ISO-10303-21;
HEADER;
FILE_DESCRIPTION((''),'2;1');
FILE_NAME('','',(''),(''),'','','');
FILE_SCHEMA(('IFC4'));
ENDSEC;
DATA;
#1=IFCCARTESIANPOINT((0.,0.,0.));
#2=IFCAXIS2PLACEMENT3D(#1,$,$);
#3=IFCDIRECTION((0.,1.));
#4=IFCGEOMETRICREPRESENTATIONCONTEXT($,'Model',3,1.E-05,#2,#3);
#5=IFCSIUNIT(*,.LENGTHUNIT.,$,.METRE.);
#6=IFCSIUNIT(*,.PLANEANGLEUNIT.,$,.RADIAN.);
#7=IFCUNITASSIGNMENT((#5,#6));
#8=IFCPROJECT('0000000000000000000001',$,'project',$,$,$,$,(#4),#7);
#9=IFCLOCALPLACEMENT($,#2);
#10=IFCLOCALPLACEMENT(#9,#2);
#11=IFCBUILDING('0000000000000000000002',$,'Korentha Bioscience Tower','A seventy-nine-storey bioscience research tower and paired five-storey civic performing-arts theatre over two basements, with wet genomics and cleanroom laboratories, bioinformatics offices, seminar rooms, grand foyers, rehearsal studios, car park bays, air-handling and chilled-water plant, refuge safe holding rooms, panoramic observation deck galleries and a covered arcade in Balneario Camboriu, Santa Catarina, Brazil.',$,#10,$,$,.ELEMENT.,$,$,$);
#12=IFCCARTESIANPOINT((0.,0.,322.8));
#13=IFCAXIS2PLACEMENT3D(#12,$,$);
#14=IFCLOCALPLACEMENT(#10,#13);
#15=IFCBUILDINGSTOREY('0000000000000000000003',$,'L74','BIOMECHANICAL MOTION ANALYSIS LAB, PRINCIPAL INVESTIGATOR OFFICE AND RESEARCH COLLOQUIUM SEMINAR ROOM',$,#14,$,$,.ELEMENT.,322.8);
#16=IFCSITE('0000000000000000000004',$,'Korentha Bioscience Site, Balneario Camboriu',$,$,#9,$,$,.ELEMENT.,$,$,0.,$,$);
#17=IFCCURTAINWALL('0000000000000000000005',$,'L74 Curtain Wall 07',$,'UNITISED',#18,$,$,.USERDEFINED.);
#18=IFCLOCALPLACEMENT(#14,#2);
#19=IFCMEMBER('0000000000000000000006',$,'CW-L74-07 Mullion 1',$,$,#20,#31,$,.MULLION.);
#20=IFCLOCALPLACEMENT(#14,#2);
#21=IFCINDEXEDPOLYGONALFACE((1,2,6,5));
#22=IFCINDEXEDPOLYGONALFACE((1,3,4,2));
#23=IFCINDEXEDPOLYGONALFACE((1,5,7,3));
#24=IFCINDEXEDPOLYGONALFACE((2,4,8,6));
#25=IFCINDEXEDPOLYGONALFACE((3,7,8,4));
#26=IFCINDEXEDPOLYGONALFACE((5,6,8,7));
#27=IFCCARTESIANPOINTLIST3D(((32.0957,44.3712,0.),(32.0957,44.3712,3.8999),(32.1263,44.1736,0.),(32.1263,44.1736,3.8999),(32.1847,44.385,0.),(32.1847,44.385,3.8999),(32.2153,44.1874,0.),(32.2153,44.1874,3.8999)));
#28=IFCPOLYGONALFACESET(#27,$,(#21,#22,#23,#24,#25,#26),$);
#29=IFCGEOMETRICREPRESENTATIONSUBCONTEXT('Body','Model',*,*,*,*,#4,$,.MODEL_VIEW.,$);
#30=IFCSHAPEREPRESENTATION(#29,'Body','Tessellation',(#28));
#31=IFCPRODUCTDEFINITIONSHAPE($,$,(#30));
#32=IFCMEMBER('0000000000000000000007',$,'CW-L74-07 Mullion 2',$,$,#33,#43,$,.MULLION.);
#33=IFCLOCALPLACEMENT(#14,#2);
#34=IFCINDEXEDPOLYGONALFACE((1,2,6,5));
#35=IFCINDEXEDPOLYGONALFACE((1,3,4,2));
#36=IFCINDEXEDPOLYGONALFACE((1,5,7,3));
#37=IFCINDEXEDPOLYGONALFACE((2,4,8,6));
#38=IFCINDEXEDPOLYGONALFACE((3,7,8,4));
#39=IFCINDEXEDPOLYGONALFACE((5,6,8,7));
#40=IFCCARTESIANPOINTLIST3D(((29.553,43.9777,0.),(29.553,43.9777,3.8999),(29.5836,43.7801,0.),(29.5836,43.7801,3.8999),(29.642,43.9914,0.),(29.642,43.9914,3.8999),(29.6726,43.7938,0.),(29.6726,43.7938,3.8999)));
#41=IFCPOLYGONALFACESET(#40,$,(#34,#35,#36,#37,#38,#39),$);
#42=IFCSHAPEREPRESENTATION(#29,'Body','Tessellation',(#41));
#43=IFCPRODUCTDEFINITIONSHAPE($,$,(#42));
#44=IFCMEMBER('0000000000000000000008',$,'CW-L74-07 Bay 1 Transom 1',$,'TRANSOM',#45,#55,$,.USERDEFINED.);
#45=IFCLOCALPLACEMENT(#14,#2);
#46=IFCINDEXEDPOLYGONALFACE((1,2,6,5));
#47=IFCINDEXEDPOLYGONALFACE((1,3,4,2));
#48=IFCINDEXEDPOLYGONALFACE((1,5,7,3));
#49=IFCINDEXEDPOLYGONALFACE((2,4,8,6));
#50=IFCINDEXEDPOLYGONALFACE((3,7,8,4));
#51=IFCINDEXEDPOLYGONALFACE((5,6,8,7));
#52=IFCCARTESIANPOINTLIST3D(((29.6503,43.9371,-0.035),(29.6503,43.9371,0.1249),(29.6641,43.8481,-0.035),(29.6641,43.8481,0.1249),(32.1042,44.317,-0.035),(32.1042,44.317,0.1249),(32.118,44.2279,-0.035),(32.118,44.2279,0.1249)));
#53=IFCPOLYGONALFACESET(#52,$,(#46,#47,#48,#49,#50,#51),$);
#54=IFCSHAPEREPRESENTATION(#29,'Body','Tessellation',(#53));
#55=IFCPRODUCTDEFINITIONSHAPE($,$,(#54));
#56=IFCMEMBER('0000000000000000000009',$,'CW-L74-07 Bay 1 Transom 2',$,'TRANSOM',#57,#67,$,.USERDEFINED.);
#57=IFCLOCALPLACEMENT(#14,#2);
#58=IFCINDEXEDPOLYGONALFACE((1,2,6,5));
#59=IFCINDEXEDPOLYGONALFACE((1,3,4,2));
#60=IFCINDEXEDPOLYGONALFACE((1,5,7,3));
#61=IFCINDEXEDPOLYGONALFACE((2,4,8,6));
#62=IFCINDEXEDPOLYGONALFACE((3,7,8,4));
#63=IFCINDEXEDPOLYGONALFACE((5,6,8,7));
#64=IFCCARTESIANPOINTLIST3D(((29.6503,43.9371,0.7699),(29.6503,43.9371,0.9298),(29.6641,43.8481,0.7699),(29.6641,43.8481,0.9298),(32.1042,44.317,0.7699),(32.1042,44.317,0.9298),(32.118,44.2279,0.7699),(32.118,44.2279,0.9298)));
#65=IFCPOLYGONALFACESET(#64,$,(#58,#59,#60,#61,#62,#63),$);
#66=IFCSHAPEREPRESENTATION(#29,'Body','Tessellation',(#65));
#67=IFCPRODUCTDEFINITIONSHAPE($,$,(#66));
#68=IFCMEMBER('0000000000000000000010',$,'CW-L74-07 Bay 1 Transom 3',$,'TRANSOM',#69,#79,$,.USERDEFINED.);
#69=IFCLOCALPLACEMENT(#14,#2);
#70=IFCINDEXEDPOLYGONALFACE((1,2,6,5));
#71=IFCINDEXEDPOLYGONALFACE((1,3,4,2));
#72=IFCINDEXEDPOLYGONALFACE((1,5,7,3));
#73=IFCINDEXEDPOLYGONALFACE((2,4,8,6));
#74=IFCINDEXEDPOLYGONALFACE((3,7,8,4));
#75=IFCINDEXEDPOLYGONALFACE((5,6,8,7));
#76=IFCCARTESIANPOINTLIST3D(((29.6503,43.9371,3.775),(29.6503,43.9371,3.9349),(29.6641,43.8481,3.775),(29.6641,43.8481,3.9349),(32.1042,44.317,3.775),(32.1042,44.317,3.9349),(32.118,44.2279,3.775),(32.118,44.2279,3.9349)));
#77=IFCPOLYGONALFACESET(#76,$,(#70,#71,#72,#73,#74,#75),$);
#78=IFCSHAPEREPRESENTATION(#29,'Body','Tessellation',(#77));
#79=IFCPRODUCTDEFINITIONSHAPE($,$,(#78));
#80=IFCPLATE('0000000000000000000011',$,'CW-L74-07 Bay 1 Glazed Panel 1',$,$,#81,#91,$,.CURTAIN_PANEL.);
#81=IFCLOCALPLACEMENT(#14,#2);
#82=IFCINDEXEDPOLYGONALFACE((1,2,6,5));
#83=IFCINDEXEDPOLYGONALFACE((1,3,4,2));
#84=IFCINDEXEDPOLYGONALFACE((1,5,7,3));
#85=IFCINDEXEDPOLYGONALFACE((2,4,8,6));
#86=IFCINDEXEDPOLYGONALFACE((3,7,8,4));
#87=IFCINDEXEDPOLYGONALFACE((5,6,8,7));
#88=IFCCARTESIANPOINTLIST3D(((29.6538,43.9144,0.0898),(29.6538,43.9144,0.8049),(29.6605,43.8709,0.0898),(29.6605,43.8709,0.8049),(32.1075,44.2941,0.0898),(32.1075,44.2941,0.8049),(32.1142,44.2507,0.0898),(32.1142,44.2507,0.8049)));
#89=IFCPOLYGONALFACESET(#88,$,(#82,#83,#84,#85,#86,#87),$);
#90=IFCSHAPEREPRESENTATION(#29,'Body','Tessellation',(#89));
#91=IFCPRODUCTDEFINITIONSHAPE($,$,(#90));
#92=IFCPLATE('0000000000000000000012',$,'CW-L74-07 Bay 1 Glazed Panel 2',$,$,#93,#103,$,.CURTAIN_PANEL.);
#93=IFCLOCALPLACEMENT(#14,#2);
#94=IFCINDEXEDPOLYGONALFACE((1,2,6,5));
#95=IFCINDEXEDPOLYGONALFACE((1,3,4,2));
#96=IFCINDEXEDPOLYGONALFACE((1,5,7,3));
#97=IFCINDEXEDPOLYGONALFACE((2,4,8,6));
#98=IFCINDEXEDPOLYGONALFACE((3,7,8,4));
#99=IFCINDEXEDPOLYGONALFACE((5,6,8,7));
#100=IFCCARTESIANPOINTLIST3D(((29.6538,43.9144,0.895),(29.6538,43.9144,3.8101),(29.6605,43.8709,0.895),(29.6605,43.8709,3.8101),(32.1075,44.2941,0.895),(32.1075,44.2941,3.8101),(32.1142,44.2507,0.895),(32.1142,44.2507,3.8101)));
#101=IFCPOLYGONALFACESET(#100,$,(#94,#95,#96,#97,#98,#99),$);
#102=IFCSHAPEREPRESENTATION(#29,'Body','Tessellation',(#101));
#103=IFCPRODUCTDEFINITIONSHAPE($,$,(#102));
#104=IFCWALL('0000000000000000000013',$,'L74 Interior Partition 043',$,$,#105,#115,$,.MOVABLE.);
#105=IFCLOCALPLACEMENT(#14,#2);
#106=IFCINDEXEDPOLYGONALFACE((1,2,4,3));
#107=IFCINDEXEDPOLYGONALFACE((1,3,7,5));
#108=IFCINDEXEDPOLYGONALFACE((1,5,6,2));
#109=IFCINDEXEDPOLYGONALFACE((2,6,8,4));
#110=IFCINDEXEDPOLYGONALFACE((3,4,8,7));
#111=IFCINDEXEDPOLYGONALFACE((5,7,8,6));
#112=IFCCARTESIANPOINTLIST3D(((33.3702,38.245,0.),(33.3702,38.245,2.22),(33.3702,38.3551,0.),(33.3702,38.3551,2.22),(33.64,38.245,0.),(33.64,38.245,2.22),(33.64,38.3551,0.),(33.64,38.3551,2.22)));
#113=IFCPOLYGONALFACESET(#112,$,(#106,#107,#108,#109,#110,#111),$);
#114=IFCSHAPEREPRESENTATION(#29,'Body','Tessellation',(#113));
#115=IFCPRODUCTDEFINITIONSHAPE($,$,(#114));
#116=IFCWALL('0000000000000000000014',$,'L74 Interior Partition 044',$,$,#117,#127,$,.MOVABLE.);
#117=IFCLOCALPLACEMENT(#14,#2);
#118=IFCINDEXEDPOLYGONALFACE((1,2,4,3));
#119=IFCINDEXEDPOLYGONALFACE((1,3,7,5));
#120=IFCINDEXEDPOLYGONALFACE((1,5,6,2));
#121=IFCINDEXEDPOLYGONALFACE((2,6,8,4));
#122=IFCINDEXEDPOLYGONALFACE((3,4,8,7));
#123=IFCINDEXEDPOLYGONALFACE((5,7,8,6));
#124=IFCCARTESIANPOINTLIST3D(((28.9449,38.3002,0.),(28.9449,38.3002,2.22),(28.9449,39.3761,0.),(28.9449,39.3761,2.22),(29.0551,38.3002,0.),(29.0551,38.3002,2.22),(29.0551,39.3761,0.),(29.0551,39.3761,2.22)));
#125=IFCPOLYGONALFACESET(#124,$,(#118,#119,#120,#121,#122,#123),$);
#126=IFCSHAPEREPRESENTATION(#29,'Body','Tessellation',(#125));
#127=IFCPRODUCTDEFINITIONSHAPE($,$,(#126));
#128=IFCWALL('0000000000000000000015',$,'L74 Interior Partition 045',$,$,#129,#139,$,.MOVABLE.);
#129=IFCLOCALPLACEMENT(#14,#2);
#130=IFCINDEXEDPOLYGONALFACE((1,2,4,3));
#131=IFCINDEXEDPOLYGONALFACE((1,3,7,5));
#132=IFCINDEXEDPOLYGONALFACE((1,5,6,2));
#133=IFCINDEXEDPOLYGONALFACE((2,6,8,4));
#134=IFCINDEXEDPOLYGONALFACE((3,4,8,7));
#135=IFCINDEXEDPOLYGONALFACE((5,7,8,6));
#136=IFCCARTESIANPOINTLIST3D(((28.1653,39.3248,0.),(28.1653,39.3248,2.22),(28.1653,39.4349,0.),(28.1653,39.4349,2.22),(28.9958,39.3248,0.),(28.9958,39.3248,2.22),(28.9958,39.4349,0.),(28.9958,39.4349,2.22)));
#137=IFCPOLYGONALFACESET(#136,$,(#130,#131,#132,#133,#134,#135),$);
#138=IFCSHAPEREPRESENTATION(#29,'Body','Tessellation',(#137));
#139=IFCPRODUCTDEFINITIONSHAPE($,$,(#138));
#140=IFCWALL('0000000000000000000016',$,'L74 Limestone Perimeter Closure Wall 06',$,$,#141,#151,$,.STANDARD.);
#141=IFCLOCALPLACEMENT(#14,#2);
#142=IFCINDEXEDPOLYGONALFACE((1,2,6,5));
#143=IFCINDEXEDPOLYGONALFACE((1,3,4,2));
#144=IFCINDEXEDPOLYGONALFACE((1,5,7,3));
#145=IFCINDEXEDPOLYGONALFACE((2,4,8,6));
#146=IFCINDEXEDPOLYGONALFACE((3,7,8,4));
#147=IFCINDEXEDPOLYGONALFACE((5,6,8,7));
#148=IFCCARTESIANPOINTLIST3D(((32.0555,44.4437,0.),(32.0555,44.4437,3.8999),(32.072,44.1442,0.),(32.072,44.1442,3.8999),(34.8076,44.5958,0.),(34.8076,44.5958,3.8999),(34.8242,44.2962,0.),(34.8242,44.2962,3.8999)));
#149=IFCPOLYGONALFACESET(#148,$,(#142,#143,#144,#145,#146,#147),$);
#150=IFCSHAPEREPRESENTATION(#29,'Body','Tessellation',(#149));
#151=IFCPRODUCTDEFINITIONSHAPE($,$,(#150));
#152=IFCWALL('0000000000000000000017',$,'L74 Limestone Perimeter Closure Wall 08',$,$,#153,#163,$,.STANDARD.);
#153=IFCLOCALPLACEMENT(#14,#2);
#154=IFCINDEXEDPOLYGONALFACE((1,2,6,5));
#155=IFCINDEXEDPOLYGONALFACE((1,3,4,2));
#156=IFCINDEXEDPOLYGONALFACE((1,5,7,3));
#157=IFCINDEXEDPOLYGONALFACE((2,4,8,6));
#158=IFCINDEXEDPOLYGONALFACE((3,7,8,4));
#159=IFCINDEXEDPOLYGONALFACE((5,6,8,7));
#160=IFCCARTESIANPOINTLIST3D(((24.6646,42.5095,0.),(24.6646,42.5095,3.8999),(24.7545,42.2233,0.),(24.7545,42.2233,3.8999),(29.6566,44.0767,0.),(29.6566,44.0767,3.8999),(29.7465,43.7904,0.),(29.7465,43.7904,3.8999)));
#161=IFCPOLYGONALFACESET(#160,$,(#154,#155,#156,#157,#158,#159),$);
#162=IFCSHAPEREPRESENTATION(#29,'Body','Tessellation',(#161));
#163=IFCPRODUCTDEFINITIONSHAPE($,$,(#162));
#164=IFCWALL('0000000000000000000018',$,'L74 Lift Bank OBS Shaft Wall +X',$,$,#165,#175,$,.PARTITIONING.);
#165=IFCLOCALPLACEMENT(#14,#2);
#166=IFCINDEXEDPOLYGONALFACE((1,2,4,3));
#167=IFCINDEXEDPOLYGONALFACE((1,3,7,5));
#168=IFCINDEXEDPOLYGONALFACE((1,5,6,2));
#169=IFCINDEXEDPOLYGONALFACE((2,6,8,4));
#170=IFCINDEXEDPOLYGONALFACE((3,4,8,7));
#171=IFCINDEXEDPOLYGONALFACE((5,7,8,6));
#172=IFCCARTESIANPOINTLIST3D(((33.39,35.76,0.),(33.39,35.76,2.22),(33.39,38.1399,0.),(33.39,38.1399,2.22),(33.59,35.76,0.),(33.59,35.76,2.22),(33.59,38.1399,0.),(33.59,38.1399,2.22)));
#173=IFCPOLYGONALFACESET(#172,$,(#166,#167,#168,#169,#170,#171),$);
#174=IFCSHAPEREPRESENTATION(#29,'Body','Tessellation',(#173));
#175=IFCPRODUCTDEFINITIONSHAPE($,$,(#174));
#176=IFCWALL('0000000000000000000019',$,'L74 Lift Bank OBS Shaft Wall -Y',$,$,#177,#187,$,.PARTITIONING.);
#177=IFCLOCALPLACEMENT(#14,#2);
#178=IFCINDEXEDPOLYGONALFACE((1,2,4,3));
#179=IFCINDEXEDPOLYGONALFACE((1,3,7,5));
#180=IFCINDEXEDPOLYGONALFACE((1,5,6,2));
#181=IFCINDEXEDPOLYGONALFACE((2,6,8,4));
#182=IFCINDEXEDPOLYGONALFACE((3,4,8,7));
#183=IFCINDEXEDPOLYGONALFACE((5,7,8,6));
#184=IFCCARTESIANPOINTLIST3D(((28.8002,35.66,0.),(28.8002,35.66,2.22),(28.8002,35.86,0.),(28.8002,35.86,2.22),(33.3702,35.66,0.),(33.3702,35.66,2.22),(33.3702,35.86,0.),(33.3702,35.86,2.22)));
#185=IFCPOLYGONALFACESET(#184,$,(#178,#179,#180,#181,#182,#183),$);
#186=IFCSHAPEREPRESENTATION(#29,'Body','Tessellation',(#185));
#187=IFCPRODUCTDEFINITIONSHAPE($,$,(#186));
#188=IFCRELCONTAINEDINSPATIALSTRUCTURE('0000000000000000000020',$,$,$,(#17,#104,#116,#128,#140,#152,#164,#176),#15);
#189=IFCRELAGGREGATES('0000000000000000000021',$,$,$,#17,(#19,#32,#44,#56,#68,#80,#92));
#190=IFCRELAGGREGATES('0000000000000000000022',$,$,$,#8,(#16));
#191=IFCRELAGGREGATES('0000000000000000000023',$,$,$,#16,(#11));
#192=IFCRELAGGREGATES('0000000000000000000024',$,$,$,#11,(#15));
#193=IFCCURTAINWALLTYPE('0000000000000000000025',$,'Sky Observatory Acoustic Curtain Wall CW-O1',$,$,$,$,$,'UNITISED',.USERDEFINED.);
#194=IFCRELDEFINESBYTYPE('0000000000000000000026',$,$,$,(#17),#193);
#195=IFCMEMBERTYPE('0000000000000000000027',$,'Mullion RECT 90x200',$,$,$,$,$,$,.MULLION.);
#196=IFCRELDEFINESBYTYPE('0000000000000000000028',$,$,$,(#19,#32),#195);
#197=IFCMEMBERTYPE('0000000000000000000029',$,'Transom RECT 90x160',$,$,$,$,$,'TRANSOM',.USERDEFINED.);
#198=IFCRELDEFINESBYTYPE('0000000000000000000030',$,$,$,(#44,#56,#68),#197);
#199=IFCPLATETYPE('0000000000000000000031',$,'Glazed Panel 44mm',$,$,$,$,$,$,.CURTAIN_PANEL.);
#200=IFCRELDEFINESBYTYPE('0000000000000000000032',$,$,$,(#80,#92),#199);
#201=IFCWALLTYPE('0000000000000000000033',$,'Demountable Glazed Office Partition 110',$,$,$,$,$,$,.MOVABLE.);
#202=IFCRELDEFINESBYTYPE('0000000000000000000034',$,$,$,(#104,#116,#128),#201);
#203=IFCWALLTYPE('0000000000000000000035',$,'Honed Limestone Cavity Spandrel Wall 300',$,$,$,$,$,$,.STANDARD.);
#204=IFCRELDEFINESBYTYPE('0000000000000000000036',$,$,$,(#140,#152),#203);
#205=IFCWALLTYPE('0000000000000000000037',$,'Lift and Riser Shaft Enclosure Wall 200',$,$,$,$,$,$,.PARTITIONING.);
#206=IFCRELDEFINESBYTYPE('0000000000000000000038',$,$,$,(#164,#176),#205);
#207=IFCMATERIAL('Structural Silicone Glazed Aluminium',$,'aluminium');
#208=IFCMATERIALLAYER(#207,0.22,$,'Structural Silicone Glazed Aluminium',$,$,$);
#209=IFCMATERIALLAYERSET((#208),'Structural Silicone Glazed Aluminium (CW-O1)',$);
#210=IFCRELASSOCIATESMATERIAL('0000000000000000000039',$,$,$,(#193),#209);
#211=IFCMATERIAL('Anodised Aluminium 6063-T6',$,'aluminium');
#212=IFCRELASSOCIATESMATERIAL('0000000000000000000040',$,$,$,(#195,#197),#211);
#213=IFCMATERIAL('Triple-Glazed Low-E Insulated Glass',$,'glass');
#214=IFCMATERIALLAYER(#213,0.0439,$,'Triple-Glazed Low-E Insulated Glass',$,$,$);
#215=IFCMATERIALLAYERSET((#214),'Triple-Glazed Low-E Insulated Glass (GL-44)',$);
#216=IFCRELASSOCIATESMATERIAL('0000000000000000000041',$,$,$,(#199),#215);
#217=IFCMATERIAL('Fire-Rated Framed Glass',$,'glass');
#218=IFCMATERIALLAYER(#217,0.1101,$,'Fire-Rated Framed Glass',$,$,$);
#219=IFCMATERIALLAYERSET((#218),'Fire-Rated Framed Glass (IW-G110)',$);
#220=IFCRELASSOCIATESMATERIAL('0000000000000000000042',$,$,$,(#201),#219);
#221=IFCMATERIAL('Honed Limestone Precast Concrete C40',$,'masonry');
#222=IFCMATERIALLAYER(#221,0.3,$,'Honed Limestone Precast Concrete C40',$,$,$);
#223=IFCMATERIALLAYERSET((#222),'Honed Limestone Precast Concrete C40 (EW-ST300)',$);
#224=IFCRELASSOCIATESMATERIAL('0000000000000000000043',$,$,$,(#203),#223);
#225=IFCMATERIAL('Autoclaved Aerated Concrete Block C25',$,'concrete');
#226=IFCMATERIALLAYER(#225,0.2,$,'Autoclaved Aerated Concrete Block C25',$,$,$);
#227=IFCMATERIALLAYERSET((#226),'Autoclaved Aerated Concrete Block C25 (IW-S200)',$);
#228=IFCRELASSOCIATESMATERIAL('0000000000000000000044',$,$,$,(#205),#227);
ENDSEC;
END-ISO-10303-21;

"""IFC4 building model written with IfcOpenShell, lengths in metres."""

from ifc_helpers import new_model, si_unit, direction, frame, frame_2d, origin, origin_2d, place, context, subcontext, project, spatial, rectangle, extrude, material, layer, layer_set, material_profile, profile_set, type_object, element, aggregate, save


model = new_model("IFC4")

# Units and contexts
model_context = context("Model", 3, precision=1e-05, world=origin(), true_north=direction((0.0, 1.0)))
body_context = subcontext(model_context, "Body", "Model", "MODEL_VIEW")
ifc_project = project(units=[si_unit("LENGTHUNIT", "METRE"), si_unit("PLANEANGLEUNIT", "RADIAN")], contexts=[model_context])

# Site, building, storey
site_placement = place(None, origin())
site = spatial("IfcSite", under=ifc_project, at=site_placement, Name="Korentha Bioscience Site, Balneario Camboriu", CompositionType="ELEMENT", RefElevation=0.0)
building_placement = place(site_placement, origin())
building = spatial("IfcBuilding", under=site, at=building_placement, Name="Korentha Bioscience Tower", Description="A seventy-nine-storey bioscience research tower and paired five-storey civic performing-arts theatre over two basements, with wet genomics and cleanroom laboratories, bioinformatics offices, seminar rooms, grand foyers, rehearsal studios, car park bays, air-handling and chilled-water plant, refuge safe holding rooms, panoramic observation deck galleries and a covered arcade in Balneario Camboriu, Santa Catarina, Brazil.", CompositionType="ELEMENT")
storey_placement = place(building_placement, frame((0.0, 0.0, 322.8)))
storey = spatial("IfcBuildingStorey", under=building, at=storey_placement, Name="L74", Description="BIOMECHANICAL MOTION ANALYSIS LAB, PRINCIPAL INVESTIGATOR OFFICE AND RESEARCH COLLOQUIUM SEMINAR ROOM", CompositionType="ELEMENT", Elevation=322.8)

# Curtain wall, members, plates
ifc_material_1 = material(Name="Structural Silicone Glazed Aluminium", Category="aluminium")
ifc_layer_1 = layer(ifc_material_1, 0.22, Name="Structural Silicone Glazed Aluminium")
ifc_layer_set_1 = layer_set([ifc_layer_1], Name="Structural Silicone Glazed Aluminium (CW-O1)")
curtain_wall_type = type_object("IfcCurtainWallType", Name="Sky Observatory Acoustic Curtain Wall CW-O1", ElementType="UNITISED", PredefinedType="USERDEFINED", material=ifc_layer_set_1)
curtain_wall_placement = place(storey_placement, origin())
curtain_wall = element("IfcCurtainWall", 1, at=curtain_wall_placement, inside=storey, type_object=curtain_wall_type, Name="L74 Curtain Wall 07", ObjectType="UNITISED", PredefinedType="USERDEFINED")
ifc_material_2 = material(Name="Anodised Aluminium 6063-T6", Category="aluminium")
ifc_material_profile_1 = material_profile(ifc_material_2, rectangle(XDim=0.0901, YDim=0.2, at=origin_2d()), Name="Anodised Aluminium 6063-T6")
ifc_profile_set_1 = profile_set([ifc_material_profile_1], Name="Anodised Aluminium 6063-T6 (CW-MUL)")
member_type_1 = type_object("IfcMemberType", Name="Mullion RECT 90x200", PredefinedType="MULLION", material=ifc_profile_set_1)
member_1_placement = place(storey_placement, frame((32.1555, 44.2793, 0.0), z_axis=(0.0, 0.0, 1.0), x_axis=(-0.988234, -0.152952, 0.0)))
member_1 = element("IfcMember", 2, at=member_1_placement, type_object=member_type_1, Name="CW-L74-07 Mullion 1", PredefinedType="MULLION", context=body_context, shape_type="SweptSolid", body=[
    extrude(rectangle(XDim=0.0901, YDim=0.2, at=origin_2d()), origin(), (0.0, 0.0, 1.0), 3.8999),
])
member_2_placement = place(storey_placement, frame((29.6128, 43.8857, 0.0), z_axis=(0.0, 0.0, 1.0), x_axis=(-0.988234, -0.152952, 0.0)))
member_2 = element("IfcMember", 3, at=member_2_placement, type_object=member_type_1, Name="CW-L74-07 Mullion 2", PredefinedType="MULLION", context=body_context, shape_type="SweptSolid", body=[
    extrude(rectangle(XDim=0.0901, YDim=0.2, at=origin_2d()), origin(), (0.0, 0.0, 1.0), 3.8999),
])
ifc_material_profile_2 = material_profile(ifc_material_2, rectangle(XDim=0.0901, YDim=0.1599, at=origin_2d()), Name="Anodised Aluminium 6063-T6")
ifc_profile_set_2 = profile_set([ifc_material_profile_2], Name="Anodised Aluminium 6063-T6 (CW-TRN)")
member_type_2 = type_object("IfcMemberType", Name="Transom RECT 90x160", ElementType="TRANSOM", PredefinedType="USERDEFINED", material=ifc_profile_set_2)
member_3_placement = place(storey_placement, frame((32.1111, 44.2725, 0.0449), z_axis=(-0.988228, -0.152988, 0.0), x_axis=(0.152988, -0.988228, 0.0)))
member_3 = element("IfcMember", 4, at=member_3_placement, type_object=member_type_2, Name="CW-L74-07 Bay 1 Transom 1", ObjectType="TRANSOM", PredefinedType="USERDEFINED", context=body_context, shape_type="SweptSolid", body=[
    extrude(rectangle(XDim=0.0901, YDim=0.1599, at=origin_2d()), origin(), (0.0, 0.0, 1.0), 2.4832),
])
member_4_placement = place(storey_placement, frame((32.1111, 44.2725, 0.8499), z_axis=(-0.988228, -0.152988, 0.0), x_axis=(0.152988, -0.988228, 0.0)))
member_4 = element("IfcMember", 5, at=member_4_placement, type_object=member_type_2, Name="CW-L74-07 Bay 1 Transom 2", ObjectType="TRANSOM", PredefinedType="USERDEFINED", context=body_context, shape_type="SweptSolid", body=[
    extrude(rectangle(XDim=0.0901, YDim=0.1599, at=origin_2d()), origin(), (0.0, 0.0, 1.0), 2.4832),
])
member_5_placement = place(storey_placement, frame((32.1111, 44.2725, 3.855), z_axis=(-0.988228, -0.152988, 0.0), x_axis=(0.152988, -0.988228, 0.0)))
member_5 = element("IfcMember", 6, at=member_5_placement, type_object=member_type_2, Name="CW-L74-07 Bay 1 Transom 3", ObjectType="TRANSOM", PredefinedType="USERDEFINED", context=body_context, shape_type="SweptSolid", body=[
    extrude(rectangle(XDim=0.0901, YDim=0.1599, at=origin_2d()), origin(), (0.0, 0.0, 1.0), 2.4832),
])
ifc_material_3 = material(Name="Triple-Glazed Low-E Insulated Glass", Category="glass")
ifc_layer_2 = layer(ifc_material_3, 0.0439, Name="Triple-Glazed Low-E Insulated Glass")
ifc_layer_set_2 = layer_set([ifc_layer_2], Name="Triple-Glazed Low-E Insulated Glass (GL-44)")
plate_type = type_object("IfcPlateType", Name="Glazed Panel 44mm", PredefinedType="CURTAIN_PANEL", material=ifc_layer_set_2)
plate_1_placement = place(storey_placement, frame((30.884, 44.0825, 0.0898), z_axis=(0.0, 0.0, 1.0), x_axis=(-0.988234, -0.152952, 0.0)))
plate_1 = element("IfcPlate", 7, at=plate_1_placement, type_object=plate_type, Name="CW-L74-07 Bay 1 Glazed Panel 1", PredefinedType="CURTAIN_PANEL", context=body_context, shape_type="SweptSolid", body=[
    extrude(rectangle(XDim=2.4829, YDim=0.0439, at=origin_2d()), origin(), (0.0, 0.0, 1.0), 0.7151),
])
plate_2_placement = place(storey_placement, frame((30.884, 44.0825, 0.895), z_axis=(0.0, 0.0, 1.0), x_axis=(-0.988234, -0.152952, 0.0)))
plate_2 = element("IfcPlate", 8, at=plate_2_placement, type_object=plate_type, Name="CW-L74-07 Bay 1 Glazed Panel 2", PredefinedType="CURTAIN_PANEL", context=body_context, shape_type="SweptSolid", body=[
    extrude(rectangle(XDim=2.4829, YDim=0.0439, at=origin_2d()), origin(), (0.0, 0.0, 1.0), 2.915),
])
aggregate(curtain_wall, [member_1, member_2, member_3, member_4, member_5, plate_1, plate_2])

# Walls
ifc_material_4 = material(Name="Fire-Rated Framed Glass", Category="glass")
ifc_layer_3 = layer(ifc_material_4, 0.1101, Name="Fire-Rated Framed Glass")
ifc_layer_set_3 = layer_set([ifc_layer_3], Name="Fire-Rated Framed Glass (IW-G110)")
wall_type_1 = type_object("IfcWallType", Name="Demountable Glazed Office Partition 110", PredefinedType="MOVABLE", material=ifc_layer_set_3)
wall_1_placement = place(storey_placement, frame((33.6399, 38.3, 0.0), z_axis=(0.0, 0.0, 1.0), x_axis=(-1.0, 0.0, 0.0)))
element("IfcWall", 9, at=wall_1_placement, inside=storey, type_object=wall_type_1, Name="L74 Interior Partition 043", PredefinedType="MOVABLE", context=body_context, shape_type="SweptSolid", body=[
    extrude(rectangle(XDim=0.2698, YDim=0.1101, at=frame_2d((0.1348, 0.0))), origin(), (0.0, 0.0, 1.0), 2.22),
])
wall_2_placement = place(storey_placement, frame((29.0, 38.3, 0.0), z_axis=(0.0, 0.0, 1.0), x_axis=(0.0, 1.0, 0.0)))
element("IfcWall", 10, at=wall_2_placement, inside=storey, type_object=wall_type_1, Name="L74 Interior Partition 044", PredefinedType="MOVABLE", context=body_context, shape_type="SweptSolid", body=[
    extrude(rectangle(XDim=1.0759, YDim=0.1101, at=frame_2d((0.5381, 0.0))), origin(), (0.0, 0.0, 1.0), 2.22),
])
wall_3_placement = place(storey_placement, frame((28.9958, 39.3799, 0.0), z_axis=(0.0, 0.0, 1.0), x_axis=(-1.0, 0.0, 0.0)))
element("IfcWall", 11, at=wall_3_placement, inside=storey, type_object=wall_type_1, Name="L74 Interior Partition 045", PredefinedType="MOVABLE", context=body_context, shape_type="SweptSolid", body=[
    extrude(rectangle(XDim=0.8306, YDim=0.1101, at=frame_2d((0.4153, 0.0))), origin(), (0.0, 0.0, 1.0), 2.22),
])
ifc_material_5 = material(Name="Honed Limestone Precast Concrete C40", Category="masonry")
ifc_layer_4 = layer(ifc_material_5, 0.3, Name="Honed Limestone Precast Concrete C40")
ifc_layer_set_4 = layer_set([ifc_layer_4], Name="Honed Limestone Precast Concrete C40 (EW-ST300)")
wall_type_2 = type_object("IfcWallType", Name="Honed Limestone Cavity Spandrel Wall 300", PredefinedType="STANDARD", material=ifc_layer_set_4)
wall_4_placement = place(storey_placement, frame((34.8159, 44.446, 0.0), z_axis=(0.0, 0.0, 1.0), x_axis=(-0.998476, -0.055181, 0.0)))
element("IfcWall", 12, at=wall_4_placement, inside=storey, type_object=wall_type_2, Name="L74 Limestone Perimeter Closure Wall 06", PredefinedType="STANDARD", context=body_context, shape_type="SweptSolid", body=[
    extrude(rectangle(XDim=2.7563, YDim=0.3, at=frame_2d((1.3782, 0.0))), origin(), (0.0, 0.0, 1.0), 3.8999),
])
wall_5_placement = place(storey_placement, frame((29.7017, 43.9336, 0.0), z_axis=(0.0, 0.0, 1.0), x_axis=(-0.95409, -0.299521, 0.0)))
element("IfcWall", 13, at=wall_5_placement, inside=storey, type_object=wall_type_2, Name="L74 Limestone Perimeter Closure Wall 08", PredefinedType="STANDARD", context=body_context, shape_type="SweptSolid", body=[
    extrude(rectangle(XDim=5.2322, YDim=0.3, at=frame_2d((2.6162, 0.0))), origin(), (0.0, 0.0, 1.0), 3.8999),
])
ifc_material_6 = material(Name="Autoclaved Aerated Concrete Block C25", Category="concrete")
ifc_layer_5 = layer(ifc_material_6, 0.2, Name="Autoclaved Aerated Concrete Block C25")
ifc_layer_set_5 = layer_set([ifc_layer_5], Name="Autoclaved Aerated Concrete Block C25 (IW-S200)")
wall_type_3 = type_object("IfcWallType", Name="Lift and Riser Shaft Enclosure Wall 200", PredefinedType="PARTITIONING", material=ifc_layer_set_5)
wall_6_placement = place(storey_placement, frame((33.49, 35.76, 0.0), z_axis=(0.0, 0.0, 1.0), x_axis=(0.0, 1.0, 0.0)))
element("IfcWall", 14, at=wall_6_placement, inside=storey, type_object=wall_type_3, Name="L74 Lift Bank OBS Shaft Wall +X", PredefinedType="PARTITIONING", context=body_context, shape_type="SweptSolid", body=[
    extrude(rectangle(XDim=2.3799, YDim=0.2, at=frame_2d((1.1899, 0.0))), origin(), (0.0, 0.0, 1.0), 2.22),
])
wall_7_placement = place(storey_placement, frame((28.8, 35.76, 0.0), z_axis=(0.0, 0.0, 1.0), x_axis=(1.0, 0.0, 0.0)))
element("IfcWall", 15, at=wall_7_placement, inside=storey, type_object=wall_type_3, Name="L74 Lift Bank OBS Shaft Wall -Y", PredefinedType="PARTITIONING", context=body_context, shape_type="SweptSolid", body=[
    extrude(rectangle(XDim=4.5701, YDim=0.2, at=frame_2d((2.2852, 0.0))), origin(), (0.0, 0.0, 1.0), 2.22),
])

save(model, "model.ifc")
